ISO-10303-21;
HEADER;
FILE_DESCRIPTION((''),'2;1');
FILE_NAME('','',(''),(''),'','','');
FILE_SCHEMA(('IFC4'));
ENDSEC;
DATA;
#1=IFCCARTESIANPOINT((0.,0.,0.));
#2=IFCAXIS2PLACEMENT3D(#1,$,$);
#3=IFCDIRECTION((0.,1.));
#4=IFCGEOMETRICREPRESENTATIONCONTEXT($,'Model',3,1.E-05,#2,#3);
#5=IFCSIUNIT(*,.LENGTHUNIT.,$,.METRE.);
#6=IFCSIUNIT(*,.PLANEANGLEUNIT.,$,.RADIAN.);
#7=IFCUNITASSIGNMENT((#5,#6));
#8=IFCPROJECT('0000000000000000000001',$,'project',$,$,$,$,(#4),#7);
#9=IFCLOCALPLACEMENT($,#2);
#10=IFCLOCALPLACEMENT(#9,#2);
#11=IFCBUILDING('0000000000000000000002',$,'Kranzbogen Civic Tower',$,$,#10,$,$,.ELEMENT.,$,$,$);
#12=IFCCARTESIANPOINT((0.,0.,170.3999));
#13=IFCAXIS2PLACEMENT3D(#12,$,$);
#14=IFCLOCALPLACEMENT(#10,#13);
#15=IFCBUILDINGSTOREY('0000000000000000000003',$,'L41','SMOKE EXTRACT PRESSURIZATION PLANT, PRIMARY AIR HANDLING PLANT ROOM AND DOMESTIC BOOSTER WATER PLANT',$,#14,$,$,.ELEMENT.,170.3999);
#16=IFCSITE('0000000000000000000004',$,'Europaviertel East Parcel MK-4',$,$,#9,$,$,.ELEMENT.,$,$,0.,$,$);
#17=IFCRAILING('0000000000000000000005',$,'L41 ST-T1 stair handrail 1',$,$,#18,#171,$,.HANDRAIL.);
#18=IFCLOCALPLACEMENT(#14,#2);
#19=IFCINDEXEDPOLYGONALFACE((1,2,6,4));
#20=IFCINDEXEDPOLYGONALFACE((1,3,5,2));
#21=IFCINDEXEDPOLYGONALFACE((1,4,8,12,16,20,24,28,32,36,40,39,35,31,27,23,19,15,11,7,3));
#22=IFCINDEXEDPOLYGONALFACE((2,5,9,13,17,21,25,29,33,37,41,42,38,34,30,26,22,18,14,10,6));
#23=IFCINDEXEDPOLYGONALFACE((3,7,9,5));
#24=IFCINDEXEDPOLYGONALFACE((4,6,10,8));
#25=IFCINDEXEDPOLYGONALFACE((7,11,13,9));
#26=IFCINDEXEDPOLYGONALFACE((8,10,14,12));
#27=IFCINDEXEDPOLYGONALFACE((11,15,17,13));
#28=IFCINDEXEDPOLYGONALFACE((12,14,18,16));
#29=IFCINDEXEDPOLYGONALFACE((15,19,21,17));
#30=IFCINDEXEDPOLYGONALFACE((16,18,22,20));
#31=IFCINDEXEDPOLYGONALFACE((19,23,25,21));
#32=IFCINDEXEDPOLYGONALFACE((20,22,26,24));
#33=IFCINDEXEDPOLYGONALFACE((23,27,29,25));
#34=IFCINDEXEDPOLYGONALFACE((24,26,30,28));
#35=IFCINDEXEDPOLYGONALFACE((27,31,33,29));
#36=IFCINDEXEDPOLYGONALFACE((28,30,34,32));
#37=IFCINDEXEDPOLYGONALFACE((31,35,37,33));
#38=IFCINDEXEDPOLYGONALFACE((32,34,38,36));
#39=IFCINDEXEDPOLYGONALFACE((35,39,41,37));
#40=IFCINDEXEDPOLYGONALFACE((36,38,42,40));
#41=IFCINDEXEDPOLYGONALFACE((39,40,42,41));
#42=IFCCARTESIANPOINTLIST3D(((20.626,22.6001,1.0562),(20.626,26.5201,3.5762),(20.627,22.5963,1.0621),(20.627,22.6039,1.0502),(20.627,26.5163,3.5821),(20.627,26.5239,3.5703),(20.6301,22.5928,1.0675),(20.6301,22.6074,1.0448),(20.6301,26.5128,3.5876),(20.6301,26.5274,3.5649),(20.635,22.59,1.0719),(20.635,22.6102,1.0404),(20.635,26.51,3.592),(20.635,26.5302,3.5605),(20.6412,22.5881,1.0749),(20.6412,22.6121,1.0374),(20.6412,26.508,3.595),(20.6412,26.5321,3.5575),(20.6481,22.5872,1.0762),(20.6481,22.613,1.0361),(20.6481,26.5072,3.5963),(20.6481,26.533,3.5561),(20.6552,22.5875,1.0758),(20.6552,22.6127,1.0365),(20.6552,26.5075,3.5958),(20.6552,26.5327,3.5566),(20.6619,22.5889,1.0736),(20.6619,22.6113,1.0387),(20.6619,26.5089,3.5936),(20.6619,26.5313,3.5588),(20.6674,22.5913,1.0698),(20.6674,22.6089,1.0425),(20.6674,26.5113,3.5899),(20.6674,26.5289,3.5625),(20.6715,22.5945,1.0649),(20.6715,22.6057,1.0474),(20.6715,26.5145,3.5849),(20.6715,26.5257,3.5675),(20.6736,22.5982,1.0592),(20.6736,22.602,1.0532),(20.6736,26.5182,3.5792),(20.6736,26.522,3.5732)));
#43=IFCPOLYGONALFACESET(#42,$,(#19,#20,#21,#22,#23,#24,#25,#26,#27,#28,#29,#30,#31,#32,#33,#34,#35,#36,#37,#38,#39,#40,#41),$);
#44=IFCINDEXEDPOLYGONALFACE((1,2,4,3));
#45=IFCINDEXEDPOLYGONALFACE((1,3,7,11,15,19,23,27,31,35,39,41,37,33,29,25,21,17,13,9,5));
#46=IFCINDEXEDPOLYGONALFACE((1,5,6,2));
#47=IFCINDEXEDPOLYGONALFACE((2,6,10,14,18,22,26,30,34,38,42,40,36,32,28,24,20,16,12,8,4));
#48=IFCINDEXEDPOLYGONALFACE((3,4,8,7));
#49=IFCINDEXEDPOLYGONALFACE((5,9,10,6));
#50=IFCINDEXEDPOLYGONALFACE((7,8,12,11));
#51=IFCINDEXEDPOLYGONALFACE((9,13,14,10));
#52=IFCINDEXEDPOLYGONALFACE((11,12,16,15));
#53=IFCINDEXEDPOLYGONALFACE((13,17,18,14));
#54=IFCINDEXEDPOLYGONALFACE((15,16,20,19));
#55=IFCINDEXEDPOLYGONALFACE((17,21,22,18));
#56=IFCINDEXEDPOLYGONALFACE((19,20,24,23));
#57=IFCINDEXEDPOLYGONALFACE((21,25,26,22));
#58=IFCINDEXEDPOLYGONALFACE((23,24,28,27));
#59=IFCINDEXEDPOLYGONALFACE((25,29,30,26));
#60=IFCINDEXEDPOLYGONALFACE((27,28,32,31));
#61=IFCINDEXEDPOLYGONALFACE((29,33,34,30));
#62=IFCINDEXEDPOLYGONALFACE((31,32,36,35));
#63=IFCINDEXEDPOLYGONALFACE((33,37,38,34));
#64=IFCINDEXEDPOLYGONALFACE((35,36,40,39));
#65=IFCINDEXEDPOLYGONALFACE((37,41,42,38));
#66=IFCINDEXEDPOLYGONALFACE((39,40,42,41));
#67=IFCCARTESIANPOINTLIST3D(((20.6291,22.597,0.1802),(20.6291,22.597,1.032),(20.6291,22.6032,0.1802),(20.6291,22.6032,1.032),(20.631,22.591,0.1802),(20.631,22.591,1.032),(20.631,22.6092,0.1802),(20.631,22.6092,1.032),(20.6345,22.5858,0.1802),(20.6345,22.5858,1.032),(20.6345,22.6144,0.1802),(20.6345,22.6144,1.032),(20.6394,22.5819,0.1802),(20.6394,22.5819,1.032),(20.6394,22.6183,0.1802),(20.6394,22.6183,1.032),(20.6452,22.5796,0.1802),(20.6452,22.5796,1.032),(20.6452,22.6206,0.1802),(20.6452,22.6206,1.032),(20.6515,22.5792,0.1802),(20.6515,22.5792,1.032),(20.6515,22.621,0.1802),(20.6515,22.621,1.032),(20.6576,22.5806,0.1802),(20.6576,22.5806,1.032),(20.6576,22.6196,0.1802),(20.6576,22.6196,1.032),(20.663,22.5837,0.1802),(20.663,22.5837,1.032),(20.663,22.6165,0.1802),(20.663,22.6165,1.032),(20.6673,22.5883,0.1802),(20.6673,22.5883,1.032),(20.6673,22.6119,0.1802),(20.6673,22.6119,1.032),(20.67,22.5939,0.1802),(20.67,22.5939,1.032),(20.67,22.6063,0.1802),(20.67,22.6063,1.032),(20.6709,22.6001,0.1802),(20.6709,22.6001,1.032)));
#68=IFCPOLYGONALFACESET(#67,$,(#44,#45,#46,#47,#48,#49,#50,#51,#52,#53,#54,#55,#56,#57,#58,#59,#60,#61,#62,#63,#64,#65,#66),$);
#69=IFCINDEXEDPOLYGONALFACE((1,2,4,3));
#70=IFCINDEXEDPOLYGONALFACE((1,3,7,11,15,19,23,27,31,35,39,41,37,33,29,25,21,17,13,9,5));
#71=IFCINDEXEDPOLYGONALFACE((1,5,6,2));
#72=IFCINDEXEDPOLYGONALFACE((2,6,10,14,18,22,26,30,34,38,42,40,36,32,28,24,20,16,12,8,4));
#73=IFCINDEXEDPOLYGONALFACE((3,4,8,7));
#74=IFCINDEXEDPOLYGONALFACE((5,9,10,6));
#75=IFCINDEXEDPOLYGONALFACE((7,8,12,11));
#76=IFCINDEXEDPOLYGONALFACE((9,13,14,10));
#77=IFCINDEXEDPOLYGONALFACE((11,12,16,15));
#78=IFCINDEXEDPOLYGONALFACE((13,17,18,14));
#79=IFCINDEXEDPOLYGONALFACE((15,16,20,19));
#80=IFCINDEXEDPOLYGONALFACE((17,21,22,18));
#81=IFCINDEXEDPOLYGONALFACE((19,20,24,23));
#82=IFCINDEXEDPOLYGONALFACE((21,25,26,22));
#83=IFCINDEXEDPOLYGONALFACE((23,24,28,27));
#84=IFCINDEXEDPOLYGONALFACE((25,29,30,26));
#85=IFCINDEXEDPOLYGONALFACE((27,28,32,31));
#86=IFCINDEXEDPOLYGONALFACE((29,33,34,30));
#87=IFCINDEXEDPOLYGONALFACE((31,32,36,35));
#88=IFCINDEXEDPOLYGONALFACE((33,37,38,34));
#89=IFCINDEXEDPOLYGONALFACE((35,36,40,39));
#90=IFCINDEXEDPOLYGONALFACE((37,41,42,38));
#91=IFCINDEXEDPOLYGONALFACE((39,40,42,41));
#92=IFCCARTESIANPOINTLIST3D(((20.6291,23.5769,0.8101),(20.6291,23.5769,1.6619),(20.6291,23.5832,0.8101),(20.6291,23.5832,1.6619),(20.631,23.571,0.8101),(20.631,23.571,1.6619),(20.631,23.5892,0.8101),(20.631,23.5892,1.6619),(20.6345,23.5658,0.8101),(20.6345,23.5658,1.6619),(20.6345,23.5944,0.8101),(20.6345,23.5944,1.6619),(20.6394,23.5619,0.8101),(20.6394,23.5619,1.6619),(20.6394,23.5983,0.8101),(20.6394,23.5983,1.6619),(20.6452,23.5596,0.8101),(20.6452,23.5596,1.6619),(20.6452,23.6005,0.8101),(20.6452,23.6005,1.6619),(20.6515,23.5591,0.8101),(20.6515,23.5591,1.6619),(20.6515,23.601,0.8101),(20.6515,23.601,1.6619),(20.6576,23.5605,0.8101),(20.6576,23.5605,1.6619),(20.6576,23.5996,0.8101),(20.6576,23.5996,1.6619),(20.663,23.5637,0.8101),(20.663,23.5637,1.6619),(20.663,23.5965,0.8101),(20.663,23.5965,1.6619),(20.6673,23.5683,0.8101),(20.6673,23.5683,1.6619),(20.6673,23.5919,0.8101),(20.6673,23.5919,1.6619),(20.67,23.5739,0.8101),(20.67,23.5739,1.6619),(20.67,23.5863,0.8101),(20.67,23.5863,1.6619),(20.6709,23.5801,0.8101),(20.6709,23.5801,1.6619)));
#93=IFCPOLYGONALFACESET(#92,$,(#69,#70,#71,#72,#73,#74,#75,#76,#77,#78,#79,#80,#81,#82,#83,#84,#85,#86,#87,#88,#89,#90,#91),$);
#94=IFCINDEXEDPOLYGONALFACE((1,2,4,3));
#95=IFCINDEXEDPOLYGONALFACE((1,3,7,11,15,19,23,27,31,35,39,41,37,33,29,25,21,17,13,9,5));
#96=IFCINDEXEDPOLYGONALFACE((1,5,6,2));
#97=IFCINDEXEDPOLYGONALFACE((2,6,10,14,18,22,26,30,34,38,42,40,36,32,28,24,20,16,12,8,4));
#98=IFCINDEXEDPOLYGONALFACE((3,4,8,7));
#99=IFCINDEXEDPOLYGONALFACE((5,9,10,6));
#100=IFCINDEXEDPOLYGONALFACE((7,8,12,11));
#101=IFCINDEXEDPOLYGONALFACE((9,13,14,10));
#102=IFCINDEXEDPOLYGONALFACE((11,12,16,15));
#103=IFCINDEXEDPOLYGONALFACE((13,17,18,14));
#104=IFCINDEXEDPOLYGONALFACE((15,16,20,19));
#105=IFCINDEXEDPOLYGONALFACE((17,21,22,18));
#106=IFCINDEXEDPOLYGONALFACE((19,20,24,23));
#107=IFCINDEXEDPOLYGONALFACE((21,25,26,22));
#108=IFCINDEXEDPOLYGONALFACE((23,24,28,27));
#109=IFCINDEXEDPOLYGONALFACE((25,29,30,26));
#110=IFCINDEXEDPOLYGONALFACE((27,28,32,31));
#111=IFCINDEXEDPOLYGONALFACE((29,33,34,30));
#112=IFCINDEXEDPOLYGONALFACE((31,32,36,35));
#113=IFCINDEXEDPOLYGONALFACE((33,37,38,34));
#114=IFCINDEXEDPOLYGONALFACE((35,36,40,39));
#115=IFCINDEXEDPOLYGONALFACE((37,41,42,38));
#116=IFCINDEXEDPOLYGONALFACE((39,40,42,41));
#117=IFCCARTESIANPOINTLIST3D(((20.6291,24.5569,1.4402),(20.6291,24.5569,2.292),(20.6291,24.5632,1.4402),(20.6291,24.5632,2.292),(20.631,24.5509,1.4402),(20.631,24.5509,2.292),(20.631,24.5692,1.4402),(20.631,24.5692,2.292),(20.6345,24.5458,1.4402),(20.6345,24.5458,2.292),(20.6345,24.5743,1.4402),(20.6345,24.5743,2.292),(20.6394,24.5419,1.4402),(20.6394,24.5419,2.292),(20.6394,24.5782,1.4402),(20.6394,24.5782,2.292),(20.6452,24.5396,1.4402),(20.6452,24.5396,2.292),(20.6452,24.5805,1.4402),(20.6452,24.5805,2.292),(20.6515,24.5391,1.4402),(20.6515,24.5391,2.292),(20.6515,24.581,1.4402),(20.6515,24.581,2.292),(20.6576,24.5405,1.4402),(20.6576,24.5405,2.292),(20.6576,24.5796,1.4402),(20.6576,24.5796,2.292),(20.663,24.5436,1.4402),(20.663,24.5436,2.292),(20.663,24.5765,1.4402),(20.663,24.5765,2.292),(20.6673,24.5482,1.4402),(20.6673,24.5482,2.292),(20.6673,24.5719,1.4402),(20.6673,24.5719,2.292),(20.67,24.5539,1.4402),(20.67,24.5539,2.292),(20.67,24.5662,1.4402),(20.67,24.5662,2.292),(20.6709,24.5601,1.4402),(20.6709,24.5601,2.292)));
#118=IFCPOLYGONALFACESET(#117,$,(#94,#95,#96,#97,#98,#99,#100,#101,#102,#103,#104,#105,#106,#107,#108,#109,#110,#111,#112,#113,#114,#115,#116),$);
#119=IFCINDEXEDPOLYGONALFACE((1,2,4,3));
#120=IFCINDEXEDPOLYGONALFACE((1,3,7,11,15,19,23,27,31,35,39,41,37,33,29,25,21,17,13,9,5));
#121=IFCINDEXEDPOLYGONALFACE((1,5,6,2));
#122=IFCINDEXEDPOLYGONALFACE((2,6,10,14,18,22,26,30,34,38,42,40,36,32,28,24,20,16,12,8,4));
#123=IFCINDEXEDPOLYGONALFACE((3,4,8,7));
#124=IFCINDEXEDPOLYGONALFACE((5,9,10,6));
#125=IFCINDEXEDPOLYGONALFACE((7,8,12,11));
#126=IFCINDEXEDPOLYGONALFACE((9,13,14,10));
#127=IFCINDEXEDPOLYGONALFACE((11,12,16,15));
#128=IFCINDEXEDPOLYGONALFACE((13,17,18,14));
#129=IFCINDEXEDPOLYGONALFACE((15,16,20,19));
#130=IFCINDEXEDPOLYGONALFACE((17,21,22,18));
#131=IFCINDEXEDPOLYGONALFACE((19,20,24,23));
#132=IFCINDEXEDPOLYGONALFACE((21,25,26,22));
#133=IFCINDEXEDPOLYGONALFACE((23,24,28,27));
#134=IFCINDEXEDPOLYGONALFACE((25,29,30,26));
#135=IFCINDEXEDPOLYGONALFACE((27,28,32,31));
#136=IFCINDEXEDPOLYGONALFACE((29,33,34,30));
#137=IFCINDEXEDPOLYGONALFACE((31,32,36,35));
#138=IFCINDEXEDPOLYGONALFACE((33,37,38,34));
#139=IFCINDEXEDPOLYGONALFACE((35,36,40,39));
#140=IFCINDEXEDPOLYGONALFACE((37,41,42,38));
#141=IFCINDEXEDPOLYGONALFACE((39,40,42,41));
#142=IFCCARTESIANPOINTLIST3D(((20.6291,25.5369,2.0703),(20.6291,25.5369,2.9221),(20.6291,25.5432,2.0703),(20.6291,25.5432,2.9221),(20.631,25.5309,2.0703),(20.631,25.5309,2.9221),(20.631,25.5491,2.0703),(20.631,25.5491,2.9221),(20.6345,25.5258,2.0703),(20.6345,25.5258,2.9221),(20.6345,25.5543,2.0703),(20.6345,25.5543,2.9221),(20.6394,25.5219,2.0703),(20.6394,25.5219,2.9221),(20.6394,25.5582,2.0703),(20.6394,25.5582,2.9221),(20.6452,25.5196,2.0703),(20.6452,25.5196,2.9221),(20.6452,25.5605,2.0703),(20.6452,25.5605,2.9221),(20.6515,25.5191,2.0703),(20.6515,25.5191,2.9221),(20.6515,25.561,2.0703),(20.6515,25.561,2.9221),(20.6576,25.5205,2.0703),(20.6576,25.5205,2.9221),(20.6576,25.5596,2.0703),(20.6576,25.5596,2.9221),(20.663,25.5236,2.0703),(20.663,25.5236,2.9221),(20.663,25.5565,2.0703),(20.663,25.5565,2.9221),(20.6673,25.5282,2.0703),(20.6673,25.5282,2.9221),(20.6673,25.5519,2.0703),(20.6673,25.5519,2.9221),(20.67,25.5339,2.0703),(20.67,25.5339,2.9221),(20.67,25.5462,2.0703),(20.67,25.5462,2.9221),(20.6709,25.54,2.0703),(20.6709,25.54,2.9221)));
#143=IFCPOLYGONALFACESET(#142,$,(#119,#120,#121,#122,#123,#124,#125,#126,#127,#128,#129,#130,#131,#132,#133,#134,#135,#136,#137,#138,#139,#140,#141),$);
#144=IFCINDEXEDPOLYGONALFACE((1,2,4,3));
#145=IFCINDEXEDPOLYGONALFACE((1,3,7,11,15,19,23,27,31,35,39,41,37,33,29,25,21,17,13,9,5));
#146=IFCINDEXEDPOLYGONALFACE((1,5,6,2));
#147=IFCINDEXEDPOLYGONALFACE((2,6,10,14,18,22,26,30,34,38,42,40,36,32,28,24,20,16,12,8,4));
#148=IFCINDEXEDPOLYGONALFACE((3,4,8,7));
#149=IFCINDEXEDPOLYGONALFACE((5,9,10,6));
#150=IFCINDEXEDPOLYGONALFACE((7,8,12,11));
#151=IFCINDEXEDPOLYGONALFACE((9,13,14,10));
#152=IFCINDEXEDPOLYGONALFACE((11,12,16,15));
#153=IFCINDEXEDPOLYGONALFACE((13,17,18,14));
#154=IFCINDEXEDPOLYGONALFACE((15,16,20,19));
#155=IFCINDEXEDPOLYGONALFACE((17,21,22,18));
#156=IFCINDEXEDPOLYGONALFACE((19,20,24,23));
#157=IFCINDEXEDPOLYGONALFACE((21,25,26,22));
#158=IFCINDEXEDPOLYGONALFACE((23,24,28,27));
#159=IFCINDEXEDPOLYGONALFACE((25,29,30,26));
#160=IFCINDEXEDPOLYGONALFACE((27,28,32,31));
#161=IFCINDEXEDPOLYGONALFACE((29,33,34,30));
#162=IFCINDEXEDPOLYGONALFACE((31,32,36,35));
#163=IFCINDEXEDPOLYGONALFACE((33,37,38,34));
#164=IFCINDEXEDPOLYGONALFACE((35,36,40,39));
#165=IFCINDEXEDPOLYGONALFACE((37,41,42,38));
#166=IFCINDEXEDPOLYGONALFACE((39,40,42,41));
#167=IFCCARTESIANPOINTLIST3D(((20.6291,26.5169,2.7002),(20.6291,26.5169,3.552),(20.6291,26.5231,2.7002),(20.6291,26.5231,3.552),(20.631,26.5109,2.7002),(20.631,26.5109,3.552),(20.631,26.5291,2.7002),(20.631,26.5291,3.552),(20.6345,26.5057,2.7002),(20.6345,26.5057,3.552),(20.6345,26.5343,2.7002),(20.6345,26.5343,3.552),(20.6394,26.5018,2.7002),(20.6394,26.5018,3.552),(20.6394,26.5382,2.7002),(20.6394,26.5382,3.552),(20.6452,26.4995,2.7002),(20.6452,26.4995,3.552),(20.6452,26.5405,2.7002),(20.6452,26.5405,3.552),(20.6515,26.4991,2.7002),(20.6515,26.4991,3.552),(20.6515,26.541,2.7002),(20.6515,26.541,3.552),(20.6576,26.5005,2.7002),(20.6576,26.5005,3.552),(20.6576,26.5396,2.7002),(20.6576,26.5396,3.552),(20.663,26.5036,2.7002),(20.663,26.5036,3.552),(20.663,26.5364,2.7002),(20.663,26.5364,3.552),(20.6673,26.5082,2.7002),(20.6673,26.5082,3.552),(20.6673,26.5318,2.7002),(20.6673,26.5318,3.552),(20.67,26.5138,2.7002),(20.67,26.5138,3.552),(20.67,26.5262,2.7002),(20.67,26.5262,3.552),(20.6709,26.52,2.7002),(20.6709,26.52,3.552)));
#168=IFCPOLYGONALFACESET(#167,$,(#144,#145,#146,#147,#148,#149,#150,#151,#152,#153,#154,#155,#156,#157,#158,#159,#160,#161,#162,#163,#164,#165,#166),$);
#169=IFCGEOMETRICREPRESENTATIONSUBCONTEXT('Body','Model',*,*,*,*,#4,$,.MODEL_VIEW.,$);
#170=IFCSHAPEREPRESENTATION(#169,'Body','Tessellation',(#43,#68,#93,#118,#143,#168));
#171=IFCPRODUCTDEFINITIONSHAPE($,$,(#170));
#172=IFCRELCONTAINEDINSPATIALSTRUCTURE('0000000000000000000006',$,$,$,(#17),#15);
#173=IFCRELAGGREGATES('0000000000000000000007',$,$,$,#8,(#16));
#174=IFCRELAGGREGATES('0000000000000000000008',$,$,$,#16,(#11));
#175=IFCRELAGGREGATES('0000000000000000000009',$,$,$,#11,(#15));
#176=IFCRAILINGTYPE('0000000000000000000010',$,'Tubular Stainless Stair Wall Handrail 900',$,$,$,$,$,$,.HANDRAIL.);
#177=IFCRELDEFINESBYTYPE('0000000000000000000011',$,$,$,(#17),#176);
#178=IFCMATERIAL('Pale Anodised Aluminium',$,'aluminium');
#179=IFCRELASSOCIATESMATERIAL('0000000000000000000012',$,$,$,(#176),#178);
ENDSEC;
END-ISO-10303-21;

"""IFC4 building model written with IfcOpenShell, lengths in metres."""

from ifc_helpers import new_model, si_unit, direction, frame, origin, origin_2d, place, context, subcontext, project, spatial, circle, extrude, material, type_object, element, save


model = new_model("IFC4")

# Units and contexts
model_context = context("Model", 3, precision=1e-05, world=origin(), true_north=direction((0.0, 1.0)))
body_context = subcontext(model_context, "Body", "Model", "MODEL_VIEW")
ifc_project = project(units=[si_unit("LENGTHUNIT", "METRE"), si_unit("PLANEANGLEUNIT", "RADIAN")], contexts=[model_context])

# Site, building, storey
site_placement = place(None, origin())
site = spatial("IfcSite", under=ifc_project, at=site_placement, Name="Europaviertel East Parcel MK-4", CompositionType="ELEMENT", RefElevation=0.0)
building_placement = place(site_placement, origin())
building = spatial("IfcBuilding", under=site, at=building_placement, Name="Kranzbogen Civic Tower", CompositionType="ELEMENT")
storey_placement = place(building_placement, frame((0.0, 0.0, 170.3999)))
storey = spatial("IfcBuildingStorey", under=building, at=storey_placement, Name="L41", Description="SMOKE EXTRACT PRESSURIZATION PLANT, PRIMARY AIR HANDLING PLANT ROOM AND DOMESTIC BOOSTER WATER PLANT", CompositionType="ELEMENT", Elevation=170.3999)

# Shared definitions
ifc_material_1 = material(Name="Pale Anodised Aluminium", Category="aluminium")

# Railing
railing_type_1 = type_object("IfcRailingType", Name="Tubular Stainless Stair Wall Handrail 900", PredefinedType="HANDRAIL", material=ifc_material_1)
railing_1_placement = place(storey_placement, frame((20.6499, 22.6001, 0.1802)))
element("IfcRailing", 1, at=railing_1_placement, inside=storey, type_object=railing_type_1, Name="L41 ST-T1 stair handrail 1", PredefinedType="HANDRAIL", context=body_context, shape_type="SweptSolid", body=[
    extrude(circle(Radius=0.0239, at=origin_2d()), frame((0.0, 0.0, 0.876), z_axis=(0.0, 0.841172, 0.540768), x_axis=(-1.0, 0.0, 0.0)), (0.0, 0.0, 1.0), 4.6602),
    extrude(circle(Radius=0.021, at=origin_2d()), origin(), (0.0, 0.0, 1.0), 0.8518),
    extrude(circle(Radius=0.021, at=origin_2d()), frame((0.0, 0.98, 0.6299)), (0.0, 0.0, 1.0), 0.8518),
    extrude(circle(Radius=0.021, at=origin_2d()), frame((0.0, 1.96, 1.26)), (0.0, 0.0, 1.0), 0.8518),
    extrude(circle(Radius=0.021, at=origin_2d()), frame((0.0, 2.9399, 1.8901)), (0.0, 0.0, 1.0), 0.8518),
    extrude(circle(Radius=0.021, at=origin_2d()), frame((0.0, 3.9199, 2.52)), (0.0, 0.0, 1.0), 0.8518),
])

save(model, "model.ifc")
